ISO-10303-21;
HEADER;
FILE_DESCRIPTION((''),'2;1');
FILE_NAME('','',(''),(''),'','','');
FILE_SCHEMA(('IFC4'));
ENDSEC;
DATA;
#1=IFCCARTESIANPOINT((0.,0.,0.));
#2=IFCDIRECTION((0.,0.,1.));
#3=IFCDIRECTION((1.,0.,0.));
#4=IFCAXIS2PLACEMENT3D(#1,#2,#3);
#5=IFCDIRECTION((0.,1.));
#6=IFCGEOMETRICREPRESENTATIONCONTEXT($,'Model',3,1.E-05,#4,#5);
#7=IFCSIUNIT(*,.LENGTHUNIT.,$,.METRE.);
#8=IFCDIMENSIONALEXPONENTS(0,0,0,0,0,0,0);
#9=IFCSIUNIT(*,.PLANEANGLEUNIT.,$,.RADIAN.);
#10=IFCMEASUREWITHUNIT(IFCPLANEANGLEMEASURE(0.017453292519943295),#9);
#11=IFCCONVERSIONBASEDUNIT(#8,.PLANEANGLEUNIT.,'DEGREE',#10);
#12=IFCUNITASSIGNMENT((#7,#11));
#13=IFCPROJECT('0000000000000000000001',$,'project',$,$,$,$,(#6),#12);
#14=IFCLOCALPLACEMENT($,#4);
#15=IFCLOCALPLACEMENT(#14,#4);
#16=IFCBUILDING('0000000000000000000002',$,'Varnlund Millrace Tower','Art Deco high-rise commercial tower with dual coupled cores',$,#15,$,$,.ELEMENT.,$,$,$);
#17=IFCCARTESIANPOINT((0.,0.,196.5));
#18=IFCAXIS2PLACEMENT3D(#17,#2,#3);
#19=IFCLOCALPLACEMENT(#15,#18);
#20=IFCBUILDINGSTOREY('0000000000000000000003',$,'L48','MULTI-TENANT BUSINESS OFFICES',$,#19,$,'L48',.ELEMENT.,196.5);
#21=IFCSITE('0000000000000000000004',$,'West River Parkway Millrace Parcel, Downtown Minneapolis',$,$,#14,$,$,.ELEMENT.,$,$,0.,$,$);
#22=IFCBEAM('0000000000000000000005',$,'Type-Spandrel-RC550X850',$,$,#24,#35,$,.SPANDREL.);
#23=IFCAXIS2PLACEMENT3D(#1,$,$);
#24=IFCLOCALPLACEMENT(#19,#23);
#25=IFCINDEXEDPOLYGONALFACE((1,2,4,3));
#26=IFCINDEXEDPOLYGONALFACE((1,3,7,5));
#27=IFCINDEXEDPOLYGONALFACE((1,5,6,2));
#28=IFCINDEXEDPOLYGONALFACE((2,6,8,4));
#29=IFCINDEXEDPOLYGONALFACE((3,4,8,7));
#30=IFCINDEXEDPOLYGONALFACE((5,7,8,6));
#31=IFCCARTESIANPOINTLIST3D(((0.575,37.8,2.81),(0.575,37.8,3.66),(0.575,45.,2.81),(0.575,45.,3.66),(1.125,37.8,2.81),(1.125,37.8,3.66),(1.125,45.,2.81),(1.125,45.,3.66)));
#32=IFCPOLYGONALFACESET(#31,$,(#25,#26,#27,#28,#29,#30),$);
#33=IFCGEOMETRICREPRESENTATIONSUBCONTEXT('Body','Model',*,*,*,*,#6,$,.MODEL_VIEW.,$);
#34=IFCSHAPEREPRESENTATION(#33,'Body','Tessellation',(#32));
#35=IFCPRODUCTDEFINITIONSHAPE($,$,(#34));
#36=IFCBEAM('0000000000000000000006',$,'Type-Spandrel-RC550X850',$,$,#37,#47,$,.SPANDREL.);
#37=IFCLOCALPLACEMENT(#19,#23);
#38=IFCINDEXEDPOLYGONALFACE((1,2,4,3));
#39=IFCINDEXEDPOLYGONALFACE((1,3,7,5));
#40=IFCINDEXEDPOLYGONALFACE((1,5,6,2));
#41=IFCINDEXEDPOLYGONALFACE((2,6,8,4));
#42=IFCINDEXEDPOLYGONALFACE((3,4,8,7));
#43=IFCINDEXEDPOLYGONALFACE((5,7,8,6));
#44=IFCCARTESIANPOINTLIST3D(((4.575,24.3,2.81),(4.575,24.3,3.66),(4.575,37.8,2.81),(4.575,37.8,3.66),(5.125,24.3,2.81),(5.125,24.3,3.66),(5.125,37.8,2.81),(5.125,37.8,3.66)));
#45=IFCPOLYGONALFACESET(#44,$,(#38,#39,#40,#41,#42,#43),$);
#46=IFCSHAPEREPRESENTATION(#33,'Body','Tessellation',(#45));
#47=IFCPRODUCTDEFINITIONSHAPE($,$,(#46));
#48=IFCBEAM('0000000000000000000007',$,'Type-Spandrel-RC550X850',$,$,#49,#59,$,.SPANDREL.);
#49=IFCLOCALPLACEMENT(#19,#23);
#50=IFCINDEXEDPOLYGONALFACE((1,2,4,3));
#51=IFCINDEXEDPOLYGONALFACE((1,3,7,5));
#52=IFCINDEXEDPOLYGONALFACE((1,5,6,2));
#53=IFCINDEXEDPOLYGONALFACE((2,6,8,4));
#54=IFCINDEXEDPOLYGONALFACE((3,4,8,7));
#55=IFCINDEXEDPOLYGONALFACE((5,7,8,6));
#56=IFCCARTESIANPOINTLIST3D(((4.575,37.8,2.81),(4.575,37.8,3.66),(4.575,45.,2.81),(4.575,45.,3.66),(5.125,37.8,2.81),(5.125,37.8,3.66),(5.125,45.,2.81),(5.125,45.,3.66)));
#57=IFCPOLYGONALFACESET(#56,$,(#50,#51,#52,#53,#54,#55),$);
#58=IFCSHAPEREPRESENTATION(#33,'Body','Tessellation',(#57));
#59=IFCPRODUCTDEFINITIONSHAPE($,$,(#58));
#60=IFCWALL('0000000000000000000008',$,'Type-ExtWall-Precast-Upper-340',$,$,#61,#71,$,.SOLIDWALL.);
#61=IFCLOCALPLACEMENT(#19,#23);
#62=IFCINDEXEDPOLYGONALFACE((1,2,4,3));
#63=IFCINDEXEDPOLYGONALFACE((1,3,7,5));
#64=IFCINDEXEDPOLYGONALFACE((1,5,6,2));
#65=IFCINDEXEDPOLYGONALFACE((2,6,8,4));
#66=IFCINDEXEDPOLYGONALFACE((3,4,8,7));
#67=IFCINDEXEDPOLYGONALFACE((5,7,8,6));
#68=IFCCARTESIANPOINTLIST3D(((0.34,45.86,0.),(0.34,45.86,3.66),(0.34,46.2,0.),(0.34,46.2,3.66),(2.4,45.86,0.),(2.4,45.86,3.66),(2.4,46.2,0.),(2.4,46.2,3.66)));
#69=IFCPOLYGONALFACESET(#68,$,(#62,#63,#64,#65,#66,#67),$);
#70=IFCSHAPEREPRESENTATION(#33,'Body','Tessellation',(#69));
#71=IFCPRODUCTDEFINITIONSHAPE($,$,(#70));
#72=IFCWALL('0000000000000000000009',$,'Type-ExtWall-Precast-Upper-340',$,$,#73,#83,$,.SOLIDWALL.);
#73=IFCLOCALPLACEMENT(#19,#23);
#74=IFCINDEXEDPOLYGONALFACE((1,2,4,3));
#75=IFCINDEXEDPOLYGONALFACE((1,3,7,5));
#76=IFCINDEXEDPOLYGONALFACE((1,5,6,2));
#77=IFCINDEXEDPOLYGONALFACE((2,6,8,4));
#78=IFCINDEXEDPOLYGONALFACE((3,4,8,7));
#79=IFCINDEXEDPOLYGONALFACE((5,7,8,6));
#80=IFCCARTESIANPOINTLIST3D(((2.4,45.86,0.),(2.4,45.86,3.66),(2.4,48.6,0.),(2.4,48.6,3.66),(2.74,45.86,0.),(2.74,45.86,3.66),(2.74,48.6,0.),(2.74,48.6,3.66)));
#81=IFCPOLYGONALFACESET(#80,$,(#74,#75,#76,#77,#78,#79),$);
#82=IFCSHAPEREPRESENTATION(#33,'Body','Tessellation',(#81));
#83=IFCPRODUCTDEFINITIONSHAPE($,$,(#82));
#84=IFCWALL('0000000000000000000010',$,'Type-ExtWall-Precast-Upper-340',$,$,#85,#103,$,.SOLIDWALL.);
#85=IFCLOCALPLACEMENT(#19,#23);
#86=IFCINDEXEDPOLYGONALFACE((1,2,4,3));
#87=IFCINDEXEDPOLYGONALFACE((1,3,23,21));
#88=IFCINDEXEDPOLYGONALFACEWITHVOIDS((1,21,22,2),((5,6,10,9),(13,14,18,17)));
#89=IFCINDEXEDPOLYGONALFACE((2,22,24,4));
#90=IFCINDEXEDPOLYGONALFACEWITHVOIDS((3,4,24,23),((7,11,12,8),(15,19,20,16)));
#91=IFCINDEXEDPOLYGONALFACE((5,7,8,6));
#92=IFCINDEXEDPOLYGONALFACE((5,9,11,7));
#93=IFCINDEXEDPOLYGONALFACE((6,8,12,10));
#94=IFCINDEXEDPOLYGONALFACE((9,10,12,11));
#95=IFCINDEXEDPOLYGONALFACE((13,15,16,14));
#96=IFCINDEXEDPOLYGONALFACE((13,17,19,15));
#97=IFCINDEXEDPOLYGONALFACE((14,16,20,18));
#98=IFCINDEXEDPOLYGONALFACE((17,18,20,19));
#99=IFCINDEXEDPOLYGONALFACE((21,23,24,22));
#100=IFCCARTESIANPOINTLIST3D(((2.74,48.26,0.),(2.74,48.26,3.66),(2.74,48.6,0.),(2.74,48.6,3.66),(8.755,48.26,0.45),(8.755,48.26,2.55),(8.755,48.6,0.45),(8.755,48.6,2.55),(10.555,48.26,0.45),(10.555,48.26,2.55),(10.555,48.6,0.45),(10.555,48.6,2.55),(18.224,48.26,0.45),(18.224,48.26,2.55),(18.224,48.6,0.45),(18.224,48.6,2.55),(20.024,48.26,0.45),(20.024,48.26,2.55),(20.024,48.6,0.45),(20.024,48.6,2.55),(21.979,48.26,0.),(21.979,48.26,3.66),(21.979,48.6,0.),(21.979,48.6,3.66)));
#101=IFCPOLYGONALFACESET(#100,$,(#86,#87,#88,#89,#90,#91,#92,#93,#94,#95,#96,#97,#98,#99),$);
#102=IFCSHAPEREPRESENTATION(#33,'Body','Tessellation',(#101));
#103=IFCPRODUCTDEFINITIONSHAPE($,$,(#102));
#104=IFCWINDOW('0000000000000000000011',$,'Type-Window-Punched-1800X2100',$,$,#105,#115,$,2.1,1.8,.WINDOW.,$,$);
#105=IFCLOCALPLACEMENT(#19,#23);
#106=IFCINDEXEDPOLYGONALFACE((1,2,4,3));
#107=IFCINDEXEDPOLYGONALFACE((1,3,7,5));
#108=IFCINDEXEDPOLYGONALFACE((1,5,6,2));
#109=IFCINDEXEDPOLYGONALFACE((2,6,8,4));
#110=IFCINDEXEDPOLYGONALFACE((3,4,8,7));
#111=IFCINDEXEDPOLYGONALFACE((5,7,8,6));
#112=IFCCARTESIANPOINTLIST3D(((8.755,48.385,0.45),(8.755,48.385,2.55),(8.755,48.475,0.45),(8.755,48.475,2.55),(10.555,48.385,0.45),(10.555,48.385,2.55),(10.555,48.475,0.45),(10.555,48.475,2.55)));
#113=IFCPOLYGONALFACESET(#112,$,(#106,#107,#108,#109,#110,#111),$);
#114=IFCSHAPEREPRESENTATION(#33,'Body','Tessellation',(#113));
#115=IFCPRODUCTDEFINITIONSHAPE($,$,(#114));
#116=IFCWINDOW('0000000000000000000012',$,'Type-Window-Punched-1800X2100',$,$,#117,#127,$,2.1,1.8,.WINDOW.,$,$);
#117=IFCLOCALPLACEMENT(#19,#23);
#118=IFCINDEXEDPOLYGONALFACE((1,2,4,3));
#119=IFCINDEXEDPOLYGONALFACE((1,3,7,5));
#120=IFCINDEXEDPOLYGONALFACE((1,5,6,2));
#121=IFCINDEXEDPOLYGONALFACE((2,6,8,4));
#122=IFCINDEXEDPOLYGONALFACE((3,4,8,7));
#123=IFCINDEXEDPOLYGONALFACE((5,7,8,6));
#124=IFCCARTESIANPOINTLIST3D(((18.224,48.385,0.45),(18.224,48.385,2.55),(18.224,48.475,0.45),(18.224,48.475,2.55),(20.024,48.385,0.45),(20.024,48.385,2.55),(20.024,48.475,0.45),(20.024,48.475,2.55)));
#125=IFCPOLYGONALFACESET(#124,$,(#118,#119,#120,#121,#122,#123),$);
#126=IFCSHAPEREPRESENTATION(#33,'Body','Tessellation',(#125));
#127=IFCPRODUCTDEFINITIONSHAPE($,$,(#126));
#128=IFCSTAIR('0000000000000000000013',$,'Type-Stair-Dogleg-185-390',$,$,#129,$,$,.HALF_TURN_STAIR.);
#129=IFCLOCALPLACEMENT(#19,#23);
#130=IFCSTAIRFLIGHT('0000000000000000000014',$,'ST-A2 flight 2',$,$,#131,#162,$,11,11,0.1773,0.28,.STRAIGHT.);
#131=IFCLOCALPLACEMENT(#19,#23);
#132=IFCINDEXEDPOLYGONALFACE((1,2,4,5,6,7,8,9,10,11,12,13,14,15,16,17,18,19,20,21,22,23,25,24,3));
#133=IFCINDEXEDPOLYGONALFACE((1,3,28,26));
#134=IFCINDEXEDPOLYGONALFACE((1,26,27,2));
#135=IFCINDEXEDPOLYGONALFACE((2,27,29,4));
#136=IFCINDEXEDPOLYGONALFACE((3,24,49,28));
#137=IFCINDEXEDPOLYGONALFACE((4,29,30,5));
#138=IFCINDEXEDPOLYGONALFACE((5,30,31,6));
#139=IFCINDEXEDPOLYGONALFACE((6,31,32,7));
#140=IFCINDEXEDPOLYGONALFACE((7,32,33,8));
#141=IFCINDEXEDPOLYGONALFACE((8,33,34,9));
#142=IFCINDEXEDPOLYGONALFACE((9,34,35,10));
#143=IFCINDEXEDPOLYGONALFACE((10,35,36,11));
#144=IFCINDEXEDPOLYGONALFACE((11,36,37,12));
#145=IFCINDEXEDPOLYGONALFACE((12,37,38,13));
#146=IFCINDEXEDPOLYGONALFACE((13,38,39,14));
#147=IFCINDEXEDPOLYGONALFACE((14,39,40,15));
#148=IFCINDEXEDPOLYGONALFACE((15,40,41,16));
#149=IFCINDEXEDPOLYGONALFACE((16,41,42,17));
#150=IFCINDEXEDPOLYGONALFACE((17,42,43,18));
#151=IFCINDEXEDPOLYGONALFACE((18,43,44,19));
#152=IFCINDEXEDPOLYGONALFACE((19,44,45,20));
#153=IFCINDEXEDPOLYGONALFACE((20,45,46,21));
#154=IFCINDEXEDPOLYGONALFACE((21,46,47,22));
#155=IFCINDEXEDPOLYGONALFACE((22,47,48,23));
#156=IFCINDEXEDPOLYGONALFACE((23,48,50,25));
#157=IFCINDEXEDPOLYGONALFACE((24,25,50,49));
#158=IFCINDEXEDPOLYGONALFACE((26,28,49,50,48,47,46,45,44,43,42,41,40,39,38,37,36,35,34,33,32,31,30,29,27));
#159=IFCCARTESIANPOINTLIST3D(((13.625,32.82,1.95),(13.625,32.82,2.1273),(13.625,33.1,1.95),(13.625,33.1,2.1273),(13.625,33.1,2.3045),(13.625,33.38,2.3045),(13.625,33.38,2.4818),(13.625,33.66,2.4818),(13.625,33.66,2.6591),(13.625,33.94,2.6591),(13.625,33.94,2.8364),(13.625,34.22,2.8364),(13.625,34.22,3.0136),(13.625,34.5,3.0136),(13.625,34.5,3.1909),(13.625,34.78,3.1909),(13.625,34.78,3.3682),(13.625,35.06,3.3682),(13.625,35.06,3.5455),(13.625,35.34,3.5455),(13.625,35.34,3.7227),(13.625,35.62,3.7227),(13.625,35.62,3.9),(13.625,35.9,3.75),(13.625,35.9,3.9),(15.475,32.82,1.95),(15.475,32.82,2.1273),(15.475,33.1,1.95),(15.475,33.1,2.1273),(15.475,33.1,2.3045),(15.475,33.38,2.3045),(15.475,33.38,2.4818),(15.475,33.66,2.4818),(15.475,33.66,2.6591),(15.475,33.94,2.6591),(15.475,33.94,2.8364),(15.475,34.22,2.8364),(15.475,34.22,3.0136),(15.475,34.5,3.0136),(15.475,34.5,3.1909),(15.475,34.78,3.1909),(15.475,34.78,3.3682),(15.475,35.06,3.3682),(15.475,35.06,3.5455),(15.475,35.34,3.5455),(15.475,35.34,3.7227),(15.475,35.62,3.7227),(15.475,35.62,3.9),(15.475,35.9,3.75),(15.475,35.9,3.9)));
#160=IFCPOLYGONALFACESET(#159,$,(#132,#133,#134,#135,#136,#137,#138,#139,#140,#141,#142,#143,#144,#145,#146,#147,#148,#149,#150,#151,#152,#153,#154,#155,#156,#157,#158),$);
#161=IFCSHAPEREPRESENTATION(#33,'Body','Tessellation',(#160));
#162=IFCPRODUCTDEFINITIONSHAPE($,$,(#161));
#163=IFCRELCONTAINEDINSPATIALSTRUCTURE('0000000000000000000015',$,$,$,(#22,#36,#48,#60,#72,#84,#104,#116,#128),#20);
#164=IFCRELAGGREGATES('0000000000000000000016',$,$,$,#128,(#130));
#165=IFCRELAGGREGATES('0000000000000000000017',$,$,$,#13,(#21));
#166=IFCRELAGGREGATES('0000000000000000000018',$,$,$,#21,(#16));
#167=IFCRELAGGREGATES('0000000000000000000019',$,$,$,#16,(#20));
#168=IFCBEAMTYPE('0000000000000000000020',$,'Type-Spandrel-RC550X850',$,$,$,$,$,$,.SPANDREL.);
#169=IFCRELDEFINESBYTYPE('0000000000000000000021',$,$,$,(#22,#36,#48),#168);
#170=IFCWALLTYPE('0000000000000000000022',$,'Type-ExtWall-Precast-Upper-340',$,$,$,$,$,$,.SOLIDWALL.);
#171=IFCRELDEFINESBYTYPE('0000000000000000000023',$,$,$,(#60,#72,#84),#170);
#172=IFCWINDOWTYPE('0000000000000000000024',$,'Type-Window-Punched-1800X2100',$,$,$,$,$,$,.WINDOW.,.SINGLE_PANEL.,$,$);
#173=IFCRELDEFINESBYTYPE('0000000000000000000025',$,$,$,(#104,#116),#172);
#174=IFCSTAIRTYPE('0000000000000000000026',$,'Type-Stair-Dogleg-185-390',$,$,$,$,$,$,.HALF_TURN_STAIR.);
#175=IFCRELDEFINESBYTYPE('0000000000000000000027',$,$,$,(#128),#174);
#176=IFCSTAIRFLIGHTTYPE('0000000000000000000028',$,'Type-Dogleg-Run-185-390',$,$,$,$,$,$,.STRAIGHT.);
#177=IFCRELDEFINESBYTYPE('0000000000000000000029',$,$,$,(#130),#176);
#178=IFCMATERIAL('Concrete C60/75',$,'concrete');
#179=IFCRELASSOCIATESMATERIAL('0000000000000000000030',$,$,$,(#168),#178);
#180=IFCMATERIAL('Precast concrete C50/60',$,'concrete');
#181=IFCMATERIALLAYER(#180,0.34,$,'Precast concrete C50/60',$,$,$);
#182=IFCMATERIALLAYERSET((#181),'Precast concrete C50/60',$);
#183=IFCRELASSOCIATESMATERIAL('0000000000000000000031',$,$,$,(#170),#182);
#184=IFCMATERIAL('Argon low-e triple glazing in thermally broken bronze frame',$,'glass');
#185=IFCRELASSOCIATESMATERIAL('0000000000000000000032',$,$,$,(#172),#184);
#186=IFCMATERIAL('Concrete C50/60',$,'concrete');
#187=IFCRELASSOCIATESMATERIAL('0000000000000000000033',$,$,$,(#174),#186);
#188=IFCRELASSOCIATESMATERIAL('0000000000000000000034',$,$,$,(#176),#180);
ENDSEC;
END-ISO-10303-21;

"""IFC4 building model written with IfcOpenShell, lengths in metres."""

from ifc_helpers import new_model, entity, si_unit, converted_unit, direction, frame, origin_with_axes, origin_2d_with_axis, place, context, subcontext, project, spatial, polyline, rectangle, outline, extrude, material, layer, layer_set, material_profile, profile_set, type_object, element, fill, aggregate, save


model = new_model("IFC4")

# Units and contexts
model_context = context("Model", 3, precision=1e-05, world=origin_with_axes(), true_north=direction((0.0, 1.0)))
body_context = subcontext(model_context, "Body", "Model", "MODEL_VIEW")
ifc_project = project(units=[si_unit("LENGTHUNIT", "METRE"), converted_unit("PLANEANGLEUNIT", "DEGREE", entity("IfcPlaneAngleMeasure", 0.017453292519943295), si_unit("PLANEANGLEUNIT", "RADIAN"), dimensions=[0, 0, 0, 0, 0, 0, 0])], contexts=[model_context])

# Site, building, storey
site_placement = place(None, origin_with_axes())
site = spatial("IfcSite", under=ifc_project, at=site_placement, Name="West River Parkway Millrace Parcel, Downtown Minneapolis", CompositionType="ELEMENT", RefElevation=0.0)
building_placement = place(site_placement, origin_with_axes())
building = spatial("IfcBuilding", under=site, at=building_placement, Name="Varnlund Millrace Tower", Description="Art Deco high-rise commercial tower with dual coupled cores", CompositionType="ELEMENT")
storey_placement = place(building_placement, frame((0.0, 0.0, 196.5), z_axis=(0.0, 0.0, 1.0), x_axis=(1.0, 0.0, 0.0)))
storey = spatial("IfcBuildingStorey", under=building, at=storey_placement, Name="L48", Description="MULTI-TENANT BUSINESS OFFICES", LongName="L48", CompositionType="ELEMENT", Elevation=196.5)

# Beams
ifc_material_1 = material(Name="Concrete C60/75", Category="concrete")
ifc_material_profile_1 = material_profile(ifc_material_1, rectangle(XDim=0.55, YDim=0.85, at=origin_2d_with_axis()), Name="Concrete C60/75")
ifc_profile_set_1 = profile_set([ifc_material_profile_1], Name="Concrete C60/75")
beam_type_1 = type_object("IfcBeamType", Name="Type-Spandrel-RC550X850", PredefinedType="SPANDREL", material=ifc_profile_set_1)
beam_1_placement = place(storey_placement, frame((0.85, 37.8, 3.235), z_axis=(0.0, 1.0, 0.0), x_axis=(-1.0, 0.0, 0.0)))
element("IfcBeam", 1, at=beam_1_placement, inside=storey, type_object=beam_type_1, Name="Type-Spandrel-RC550X850", PredefinedType="SPANDREL", context=body_context, shape_type="SweptSolid", body=[
    extrude(rectangle(XDim=0.55, YDim=0.85, at=origin_2d_with_axis()), origin_with_axes(), (0.0, 0.0, 1.0), 7.2),
])
beam_2_placement = place(storey_placement, frame((4.85, 24.3, 3.235), z_axis=(0.0, 1.0, 0.0), x_axis=(-1.0, 0.0, 0.0)))
element("IfcBeam", 2, at=beam_2_placement, inside=storey, type_object=beam_type_1, Name="Type-Spandrel-RC550X850", PredefinedType="SPANDREL", context=body_context, shape_type="SweptSolid", body=[
    extrude(rectangle(XDim=0.55, YDim=0.85, at=origin_2d_with_axis()), origin_with_axes(), (0.0, 0.0, 1.0), 13.5),
])
beam_3_placement = place(storey_placement, frame((4.85, 37.8, 3.235), z_axis=(0.0, 1.0, 0.0), x_axis=(-1.0, 0.0, 0.0)))
element("IfcBeam", 3, at=beam_3_placement, inside=storey, type_object=beam_type_1, Name="Type-Spandrel-RC550X850", PredefinedType="SPANDREL", context=body_context, shape_type="SweptSolid", body=[
    extrude(rectangle(XDim=0.55, YDim=0.85, at=origin_2d_with_axis()), origin_with_axes(), (0.0, 0.0, 1.0), 7.2),
])

# Walls
ifc_material_2 = material(Name="Precast concrete C50/60", Category="concrete")
ifc_layer = layer(ifc_material_2, 0.34, Name="Precast concrete C50/60")
ifc_layer_set = layer_set([ifc_layer], Name="Precast concrete C50/60")
wall_type = type_object("IfcWallType", Name="Type-ExtWall-Precast-Upper-340", PredefinedType="SOLIDWALL", material=ifc_layer_set)
wall_1_placement = place(storey_placement, frame((0.34, 46.03, 0.0), z_axis=(0.0, 0.0, 1.0), x_axis=(1.0, 0.0, 0.0)))
element("IfcWall", 4, at=wall_1_placement, inside=storey, type_object=wall_type, Name="Type-ExtWall-Precast-Upper-340", PredefinedType="SOLIDWALL", context=body_context, shape_type="SweptSolid", body=[
    extrude(outline(polyline([(0.0, -0.17), (2.06, -0.17), (2.06, 0.17), (0.0, 0.17), (0.0, -0.17)])), origin_with_axes(), (0.0, 0.0, 1.0), 3.66),
])
wall_2_placement = place(storey_placement, frame((2.57, 45.86, 0.0), z_axis=(0.0, 0.0, 1.0), x_axis=(0.0, 1.0, 0.0)))
element("IfcWall", 5, at=wall_2_placement, inside=storey, type_object=wall_type, Name="Type-ExtWall-Precast-Upper-340", PredefinedType="SOLIDWALL", context=body_context, shape_type="SweptSolid", body=[
    extrude(outline(polyline([(0.0, -0.17), (2.74, -0.17), (2.74, 0.17), (0.0, 0.17), (0.0, -0.17)])), origin_with_axes(), (0.0, 0.0, 1.0), 3.66),
])

# Wall, openings, windows
wall_3_placement = place(storey_placement, frame((2.74, 48.43, 0.0), z_axis=(0.0, 0.0, 1.0), x_axis=(1.0, 0.0, 0.0)))
wall_3 = element("IfcWall", 6, at=wall_3_placement, inside=storey, type_object=wall_type, Name="Type-ExtWall-Precast-Upper-340", PredefinedType="SOLIDWALL", context=body_context, shape_type="SweptSolid", body=[
    extrude(outline(polyline([(0.0, -0.17), (19.239, -0.17), (19.239, 0.17), (0.0, 0.17), (0.0, -0.17)])), origin_with_axes(), (0.0, 0.0, 1.0), 3.66),
])
opening_1_placement = place(wall_3_placement, frame((6.915, 0.0, 0.45), z_axis=(0.0, 0.0, 1.0), x_axis=(1.0, 0.0, 0.0)))
opening_1 = element("IfcOpeningElement", 7, at=opening_1_placement, cuts=wall_3, PredefinedType="OPENING", context=body_context, shape_type="SweptSolid", body=[
    extrude(rectangle(XDim=1.8, YDim=0.36, at=origin_2d_with_axis()), origin_with_axes(), (0.0, 0.0, 1.0), 2.1),
])
opening_2_placement = place(wall_3_placement, frame((16.384, 0.0, 0.45), z_axis=(0.0, 0.0, 1.0), x_axis=(1.0, 0.0, 0.0)))
opening_2 = element("IfcOpeningElement", 8, at=opening_2_placement, cuts=wall_3, PredefinedType="OPENING", context=body_context, shape_type="SweptSolid", body=[
    extrude(rectangle(XDim=1.8, YDim=0.36, at=origin_2d_with_axis()), origin_with_axes(), (0.0, 0.0, 1.0), 2.1),
])
ifc_material_3 = material(Name="Argon low-e triple glazing in thermally broken bronze frame", Category="glass")
window_type = type_object("IfcWindowType", Name="Type-Window-Punched-1800X2100", PartitioningType="SINGLE_PANEL", PredefinedType="WINDOW", material=ifc_material_3)
window_1_placement = place(wall_3_placement, frame((6.915, 0.0, 0.45), z_axis=(0.0, 0.0, 1.0), x_axis=(1.0, 0.0, 0.0)))
window_1 = element("IfcWindow", 9, at=window_1_placement, inside=storey, type_object=window_type, Name="Type-Window-Punched-1800X2100", OverallHeight=2.1, OverallWidth=1.8, PredefinedType="WINDOW", context=body_context, shape_type="SweptSolid", body=[
    extrude(rectangle(XDim=1.8, YDim=0.09, at=origin_2d_with_axis()), origin_with_axes(), (0.0, 0.0, 1.0), 2.1),
])
fill(opening_1, window_1)
window_2_placement = place(wall_3_placement, frame((16.384, 0.0, 0.45), z_axis=(0.0, 0.0, 1.0), x_axis=(1.0, 0.0, 0.0)))
window_2 = element("IfcWindow", 10, at=window_2_placement, inside=storey, type_object=window_type, Name="Type-Window-Punched-1800X2100", OverallHeight=2.1, OverallWidth=1.8, PredefinedType="WINDOW", context=body_context, shape_type="SweptSolid", body=[
    extrude(rectangle(XDim=1.8, YDim=0.09, at=origin_2d_with_axis()), origin_with_axes(), (0.0, 0.0, 1.0), 2.1),
])
fill(opening_2, window_2)

# Stair, stair flight
ifc_material_4 = material(Name="Concrete C50/60", Category="concrete")
stair_type = type_object("IfcStairType", Name="Type-Stair-Dogleg-185-390", PredefinedType="HALF_TURN_STAIR", material=ifc_material_4)
stair_placement = place(storey_placement, origin_with_axes())
stair = element("IfcStair", 11, at=stair_placement, inside=storey, type_object=stair_type, Name="Type-Stair-Dogleg-185-390", PredefinedType="HALF_TURN_STAIR")
stair_flight_type = type_object("IfcStairFlightType", Name="Type-Dogleg-Run-185-390", PredefinedType="STRAIGHT", material=ifc_material_2)
stair_flight_placement = place(storey_placement, frame((13.625, 32.82, 1.95), z_axis=(1.0, 0.0, 0.0), x_axis=(0.0, 1.0, 0.0)))
stair_flight = element("IfcStairFlight", 12, at=stair_flight_placement, type_object=stair_flight_type, Name="ST-A2 flight 2", NumberOfRisers=11, NumberOfTreads=11, PredefinedType="STRAIGHT", RiserHeight=0.1773, TreadLength=0.28, context=body_context, shape_type="SweptSolid", body=[
    extrude(outline(polyline([(0.0, 0.0), (0.0, 0.1773), (0.28, 0.1773), (0.28, 0.3545), (0.56, 0.3545), (0.56, 0.5318), (0.84, 0.5318), (0.84, 0.7091), (1.12, 0.7091), (1.12, 0.8864), (1.4, 0.8864), (1.4, 1.0636), (1.68, 1.0636), (1.68, 1.2409), (1.96, 1.2409), (1.96, 1.4182), (2.24, 1.4182), (2.24, 1.5955), (2.52, 1.5955), (2.52, 1.7727), (2.8, 1.7727), (2.8, 1.95), (3.08, 1.95), (3.08, 1.8), (0.28, 0.0), (0.0, 0.0)])), origin_with_axes(), (0.0, 0.0, 1.0), 1.85),
])
aggregate(stair, [stair_flight])

save(model, "model.ifc")
